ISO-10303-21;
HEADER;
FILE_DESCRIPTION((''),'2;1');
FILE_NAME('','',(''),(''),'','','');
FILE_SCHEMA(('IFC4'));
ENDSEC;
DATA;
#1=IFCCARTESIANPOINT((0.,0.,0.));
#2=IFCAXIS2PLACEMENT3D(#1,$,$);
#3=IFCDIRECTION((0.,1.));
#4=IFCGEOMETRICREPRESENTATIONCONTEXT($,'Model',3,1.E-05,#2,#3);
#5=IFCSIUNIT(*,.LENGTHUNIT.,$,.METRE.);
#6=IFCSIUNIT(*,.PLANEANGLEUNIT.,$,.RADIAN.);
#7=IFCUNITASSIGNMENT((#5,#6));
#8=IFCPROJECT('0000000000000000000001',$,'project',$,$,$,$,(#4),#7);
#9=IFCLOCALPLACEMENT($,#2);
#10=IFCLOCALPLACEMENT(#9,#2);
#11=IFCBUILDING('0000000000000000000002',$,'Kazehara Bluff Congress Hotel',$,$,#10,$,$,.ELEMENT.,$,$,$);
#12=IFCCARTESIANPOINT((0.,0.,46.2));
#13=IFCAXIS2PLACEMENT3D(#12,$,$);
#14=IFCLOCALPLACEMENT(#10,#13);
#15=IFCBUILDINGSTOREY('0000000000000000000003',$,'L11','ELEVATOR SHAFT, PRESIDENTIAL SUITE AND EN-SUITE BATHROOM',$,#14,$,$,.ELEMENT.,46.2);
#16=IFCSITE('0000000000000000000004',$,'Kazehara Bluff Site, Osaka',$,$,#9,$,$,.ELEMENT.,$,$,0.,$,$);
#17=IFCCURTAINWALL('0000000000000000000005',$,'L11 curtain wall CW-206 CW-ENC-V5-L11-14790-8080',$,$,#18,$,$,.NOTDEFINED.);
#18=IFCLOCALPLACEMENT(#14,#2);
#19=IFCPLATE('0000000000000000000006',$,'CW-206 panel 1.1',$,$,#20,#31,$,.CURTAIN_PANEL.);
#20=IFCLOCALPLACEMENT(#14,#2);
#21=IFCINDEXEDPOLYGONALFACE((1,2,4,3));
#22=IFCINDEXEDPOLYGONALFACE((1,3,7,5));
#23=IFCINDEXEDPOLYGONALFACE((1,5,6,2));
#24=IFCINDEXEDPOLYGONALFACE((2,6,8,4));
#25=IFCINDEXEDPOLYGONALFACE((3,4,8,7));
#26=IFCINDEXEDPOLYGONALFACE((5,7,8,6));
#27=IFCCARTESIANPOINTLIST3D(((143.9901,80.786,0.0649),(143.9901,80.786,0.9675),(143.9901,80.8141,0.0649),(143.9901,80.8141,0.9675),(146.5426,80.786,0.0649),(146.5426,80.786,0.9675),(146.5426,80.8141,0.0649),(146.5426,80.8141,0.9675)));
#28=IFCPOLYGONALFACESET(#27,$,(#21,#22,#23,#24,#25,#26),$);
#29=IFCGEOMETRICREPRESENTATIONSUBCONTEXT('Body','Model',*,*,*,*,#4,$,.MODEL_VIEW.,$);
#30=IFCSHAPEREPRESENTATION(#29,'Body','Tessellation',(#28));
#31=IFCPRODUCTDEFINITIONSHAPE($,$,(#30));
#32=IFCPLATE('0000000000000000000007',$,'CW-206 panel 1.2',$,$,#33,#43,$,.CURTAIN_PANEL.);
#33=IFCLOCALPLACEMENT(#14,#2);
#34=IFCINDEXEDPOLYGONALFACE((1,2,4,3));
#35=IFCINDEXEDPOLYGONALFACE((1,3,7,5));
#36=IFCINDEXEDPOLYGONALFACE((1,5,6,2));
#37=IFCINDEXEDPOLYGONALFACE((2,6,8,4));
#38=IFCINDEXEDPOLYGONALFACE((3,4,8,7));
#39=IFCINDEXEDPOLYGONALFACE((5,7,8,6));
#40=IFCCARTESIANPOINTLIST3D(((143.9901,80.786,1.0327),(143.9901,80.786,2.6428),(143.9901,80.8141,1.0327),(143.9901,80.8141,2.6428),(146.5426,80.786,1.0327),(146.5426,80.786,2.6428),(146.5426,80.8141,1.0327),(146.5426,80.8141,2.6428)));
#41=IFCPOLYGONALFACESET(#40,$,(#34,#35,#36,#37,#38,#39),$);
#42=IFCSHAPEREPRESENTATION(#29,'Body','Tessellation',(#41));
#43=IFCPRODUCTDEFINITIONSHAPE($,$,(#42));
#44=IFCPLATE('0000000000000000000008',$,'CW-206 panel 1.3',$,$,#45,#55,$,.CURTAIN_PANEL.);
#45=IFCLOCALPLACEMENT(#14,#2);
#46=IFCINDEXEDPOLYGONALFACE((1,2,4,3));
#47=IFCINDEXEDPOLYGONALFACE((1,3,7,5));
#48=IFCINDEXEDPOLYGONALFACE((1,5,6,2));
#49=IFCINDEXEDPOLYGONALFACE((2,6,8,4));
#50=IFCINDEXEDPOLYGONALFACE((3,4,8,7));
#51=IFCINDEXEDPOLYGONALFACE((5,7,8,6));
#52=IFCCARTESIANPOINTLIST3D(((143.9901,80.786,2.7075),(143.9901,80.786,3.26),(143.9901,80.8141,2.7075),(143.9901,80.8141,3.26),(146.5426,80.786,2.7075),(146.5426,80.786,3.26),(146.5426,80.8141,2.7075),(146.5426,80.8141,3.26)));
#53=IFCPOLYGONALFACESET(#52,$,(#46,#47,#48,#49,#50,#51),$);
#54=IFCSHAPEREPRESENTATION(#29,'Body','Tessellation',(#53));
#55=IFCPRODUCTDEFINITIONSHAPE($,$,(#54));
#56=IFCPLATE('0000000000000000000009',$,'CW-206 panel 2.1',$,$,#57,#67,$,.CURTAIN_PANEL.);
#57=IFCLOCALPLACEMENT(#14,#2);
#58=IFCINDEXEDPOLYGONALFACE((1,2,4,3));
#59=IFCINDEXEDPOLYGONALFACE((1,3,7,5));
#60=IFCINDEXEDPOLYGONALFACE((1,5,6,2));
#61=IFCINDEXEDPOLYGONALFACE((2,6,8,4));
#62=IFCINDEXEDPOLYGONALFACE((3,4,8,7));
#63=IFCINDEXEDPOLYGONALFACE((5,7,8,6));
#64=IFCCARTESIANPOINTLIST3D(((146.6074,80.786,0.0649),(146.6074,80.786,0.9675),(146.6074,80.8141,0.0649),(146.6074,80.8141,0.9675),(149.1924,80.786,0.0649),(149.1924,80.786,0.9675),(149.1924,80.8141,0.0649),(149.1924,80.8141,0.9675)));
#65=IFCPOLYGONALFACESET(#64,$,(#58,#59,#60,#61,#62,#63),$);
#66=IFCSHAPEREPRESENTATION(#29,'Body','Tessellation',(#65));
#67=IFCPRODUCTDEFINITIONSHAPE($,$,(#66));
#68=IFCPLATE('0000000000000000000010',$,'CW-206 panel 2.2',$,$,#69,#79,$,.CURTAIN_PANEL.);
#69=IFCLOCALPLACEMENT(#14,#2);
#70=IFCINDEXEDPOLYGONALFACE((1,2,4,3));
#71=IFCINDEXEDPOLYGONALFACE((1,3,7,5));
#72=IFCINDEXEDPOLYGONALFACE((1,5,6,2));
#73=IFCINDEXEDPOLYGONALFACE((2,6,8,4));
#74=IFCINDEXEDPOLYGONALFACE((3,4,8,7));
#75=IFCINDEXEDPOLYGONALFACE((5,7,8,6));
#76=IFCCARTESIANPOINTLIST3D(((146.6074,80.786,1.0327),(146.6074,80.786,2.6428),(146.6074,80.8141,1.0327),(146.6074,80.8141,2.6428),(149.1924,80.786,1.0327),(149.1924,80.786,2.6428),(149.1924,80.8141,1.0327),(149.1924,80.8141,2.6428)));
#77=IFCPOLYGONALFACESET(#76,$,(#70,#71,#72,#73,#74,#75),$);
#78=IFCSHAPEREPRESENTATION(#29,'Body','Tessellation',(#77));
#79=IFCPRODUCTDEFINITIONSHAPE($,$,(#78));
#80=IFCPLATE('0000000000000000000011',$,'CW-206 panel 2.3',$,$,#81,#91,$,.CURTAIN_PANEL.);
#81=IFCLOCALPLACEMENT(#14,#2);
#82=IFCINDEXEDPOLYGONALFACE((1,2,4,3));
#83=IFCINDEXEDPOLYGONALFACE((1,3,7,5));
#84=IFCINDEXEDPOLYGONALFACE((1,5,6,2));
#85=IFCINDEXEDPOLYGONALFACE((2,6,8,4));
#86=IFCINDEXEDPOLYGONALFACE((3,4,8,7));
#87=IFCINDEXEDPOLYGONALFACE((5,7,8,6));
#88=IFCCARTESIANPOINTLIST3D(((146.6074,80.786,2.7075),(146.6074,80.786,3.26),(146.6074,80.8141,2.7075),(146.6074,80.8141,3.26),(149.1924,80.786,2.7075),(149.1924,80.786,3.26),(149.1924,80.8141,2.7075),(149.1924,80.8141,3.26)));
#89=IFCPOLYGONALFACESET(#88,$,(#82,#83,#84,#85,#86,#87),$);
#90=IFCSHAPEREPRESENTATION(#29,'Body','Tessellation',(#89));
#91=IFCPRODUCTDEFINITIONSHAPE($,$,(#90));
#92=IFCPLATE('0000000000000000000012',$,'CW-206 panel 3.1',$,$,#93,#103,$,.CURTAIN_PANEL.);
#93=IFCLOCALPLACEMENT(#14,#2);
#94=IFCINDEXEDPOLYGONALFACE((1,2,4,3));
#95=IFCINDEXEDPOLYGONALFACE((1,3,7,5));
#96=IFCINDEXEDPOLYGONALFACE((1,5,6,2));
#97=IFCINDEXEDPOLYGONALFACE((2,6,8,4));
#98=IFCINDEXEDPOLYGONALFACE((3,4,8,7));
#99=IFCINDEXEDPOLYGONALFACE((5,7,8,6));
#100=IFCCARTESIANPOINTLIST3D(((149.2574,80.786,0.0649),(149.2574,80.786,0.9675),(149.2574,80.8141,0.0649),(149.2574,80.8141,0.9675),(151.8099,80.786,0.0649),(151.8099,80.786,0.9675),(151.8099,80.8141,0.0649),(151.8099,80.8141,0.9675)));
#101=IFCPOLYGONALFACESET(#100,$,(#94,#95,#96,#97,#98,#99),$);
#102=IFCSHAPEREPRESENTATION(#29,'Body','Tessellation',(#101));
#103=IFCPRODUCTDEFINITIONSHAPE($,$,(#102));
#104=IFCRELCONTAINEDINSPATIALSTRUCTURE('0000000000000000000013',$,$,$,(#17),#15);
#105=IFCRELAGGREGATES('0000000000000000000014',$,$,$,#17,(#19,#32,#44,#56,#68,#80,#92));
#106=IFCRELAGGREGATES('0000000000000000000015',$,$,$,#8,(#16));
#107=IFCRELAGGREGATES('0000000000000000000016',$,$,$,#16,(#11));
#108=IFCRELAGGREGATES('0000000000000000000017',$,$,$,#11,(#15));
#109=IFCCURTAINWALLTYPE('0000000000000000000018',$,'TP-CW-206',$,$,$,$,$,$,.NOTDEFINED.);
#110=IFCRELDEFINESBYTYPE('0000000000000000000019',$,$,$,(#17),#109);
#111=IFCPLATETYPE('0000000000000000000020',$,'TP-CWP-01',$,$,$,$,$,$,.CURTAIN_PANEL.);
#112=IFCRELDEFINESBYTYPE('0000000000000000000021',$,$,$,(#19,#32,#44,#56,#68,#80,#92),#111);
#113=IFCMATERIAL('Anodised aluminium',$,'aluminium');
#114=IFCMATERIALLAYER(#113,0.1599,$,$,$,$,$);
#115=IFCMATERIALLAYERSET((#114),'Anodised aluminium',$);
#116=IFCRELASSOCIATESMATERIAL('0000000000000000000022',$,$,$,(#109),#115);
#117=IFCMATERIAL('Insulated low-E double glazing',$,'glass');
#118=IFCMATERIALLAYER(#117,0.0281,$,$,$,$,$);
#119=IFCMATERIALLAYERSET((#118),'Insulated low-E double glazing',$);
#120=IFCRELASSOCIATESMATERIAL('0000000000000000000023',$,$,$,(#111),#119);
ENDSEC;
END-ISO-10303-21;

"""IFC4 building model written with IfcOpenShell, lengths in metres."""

from ifc_helpers import new_model, si_unit, direction, frame, origin, origin_2d, place, context, subcontext, project, spatial, rectangle, extrude, material, layer, layer_set, type_object, element, aggregate, save


model = new_model("IFC4")

# Units and contexts
model_context = context("Model", 3, precision=1e-05, world=origin(), true_north=direction((0.0, 1.0)))
body_context = subcontext(model_context, "Body", "Model", "MODEL_VIEW")
ifc_project = project(units=[si_unit("LENGTHUNIT", "METRE"), si_unit("PLANEANGLEUNIT", "RADIAN")], contexts=[model_context])

# Site, building, storey
site_placement = place(None, origin())
site = spatial("IfcSite", under=ifc_project, at=site_placement, Name="Kazehara Bluff Site, Osaka", CompositionType="ELEMENT", RefElevation=0.0)
building_placement = place(site_placement, origin())
building = spatial("IfcBuilding", under=site, at=building_placement, Name="Kazehara Bluff Congress Hotel", CompositionType="ELEMENT")
storey_placement = place(building_placement, frame((0.0, 0.0, 46.2)))
storey = spatial("IfcBuildingStorey", under=building, at=storey_placement, Name="L11", Description="ELEVATOR SHAFT, PRESIDENTIAL SUITE AND EN-SUITE BATHROOM", CompositionType="ELEMENT", Elevation=46.2)

# Curtain wall
ifc_material_1 = material(Name="Anodised aluminium", Category="aluminium")
ifc_layer_1 = layer(ifc_material_1, 0.1599)
ifc_layer_set_1 = layer_set([ifc_layer_1], Name="Anodised aluminium")
curtain_wall_type = type_object("IfcCurtainWallType", Name="TP-CW-206", PredefinedType="NOTDEFINED", material=ifc_layer_set_1)
curtain_wall_placement = place(storey_placement, origin())
curtain_wall = element("IfcCurtainWall", 1, at=curtain_wall_placement, inside=storey, type_object=curtain_wall_type, Name="L11 curtain wall CW-206 CW-ENC-V5-L11-14790-8080", PredefinedType="NOTDEFINED")

# Plates
ifc_material_2 = material(Name="Insulated low-E double glazing", Category="glass")
ifc_layer_2 = layer(ifc_material_2, 0.0281)
ifc_layer_set_2 = layer_set([ifc_layer_2], Name="Insulated low-E double glazing")
plate_type = type_object("IfcPlateType", Name="TP-CWP-01", PredefinedType="CURTAIN_PANEL", material=ifc_layer_set_2)
plate_1_placement = place(storey_placement, frame((145.2664, 80.8, 0.0649), z_axis=(0.0, 0.0, 1.0), x_axis=(1.0, 0.0, 0.0)))
plate_1 = element("IfcPlate", 2, at=plate_1_placement, type_object=plate_type, Name="CW-206 panel 1.1", PredefinedType="CURTAIN_PANEL", context=body_context, shape_type="SweptSolid", body=[
    extrude(rectangle(XDim=2.5525, YDim=0.0281, at=origin_2d()), origin(), (0.0, 0.0, 1.0), 0.9026),
])
plate_2_placement = place(storey_placement, frame((145.2664, 80.8, 1.0327), z_axis=(0.0, 0.0, 1.0), x_axis=(1.0, 0.0, 0.0)))
plate_2 = element("IfcPlate", 3, at=plate_2_placement, type_object=plate_type, Name="CW-206 panel 1.2", PredefinedType="CURTAIN_PANEL", context=body_context, shape_type="SweptSolid", body=[
    extrude(rectangle(XDim=2.5525, YDim=0.0281, at=origin_2d()), origin(), (0.0, 0.0, 1.0), 1.6101),
])
plate_3_placement = place(storey_placement, frame((145.2664, 80.8, 2.7075), z_axis=(0.0, 0.0, 1.0), x_axis=(1.0, 0.0, 0.0)))
plate_3 = element("IfcPlate", 4, at=plate_3_placement, type_object=plate_type, Name="CW-206 panel 1.3", PredefinedType="CURTAIN_PANEL", context=body_context, shape_type="SweptSolid", body=[
    extrude(rectangle(XDim=2.5525, YDim=0.0281, at=origin_2d()), origin(), (0.0, 0.0, 1.0), 0.5525),
])
plate_4_placement = place(storey_placement, frame((147.8999, 80.8, 0.0649), z_axis=(0.0, 0.0, 1.0), x_axis=(1.0, 0.0, 0.0)))
plate_4 = element("IfcPlate", 5, at=plate_4_placement, type_object=plate_type, Name="CW-206 panel 2.1", PredefinedType="CURTAIN_PANEL", context=body_context, shape_type="SweptSolid", body=[
    extrude(rectangle(XDim=2.585, YDim=0.0281, at=origin_2d()), origin(), (0.0, 0.0, 1.0), 0.9026),
])
plate_5_placement = place(storey_placement, frame((147.8999, 80.8, 1.0327), z_axis=(0.0, 0.0, 1.0), x_axis=(1.0, 0.0, 0.0)))
plate_5 = element("IfcPlate", 6, at=plate_5_placement, type_object=plate_type, Name="CW-206 panel 2.2", PredefinedType="CURTAIN_PANEL", context=body_context, shape_type="SweptSolid", body=[
    extrude(rectangle(XDim=2.585, YDim=0.0281, at=origin_2d()), origin(), (0.0, 0.0, 1.0), 1.6101),
])
plate_6_placement = place(storey_placement, frame((147.8999, 80.8, 2.7075), z_axis=(0.0, 0.0, 1.0), x_axis=(1.0, 0.0, 0.0)))
plate_6 = element("IfcPlate", 7, at=plate_6_placement, type_object=plate_type, Name="CW-206 panel 2.3", PredefinedType="CURTAIN_PANEL", context=body_context, shape_type="SweptSolid", body=[
    extrude(rectangle(XDim=2.585, YDim=0.0281, at=origin_2d()), origin(), (0.0, 0.0, 1.0), 0.5525),
])
plate_7_placement = place(storey_placement, frame((150.5337, 80.8, 0.0649), z_axis=(0.0, 0.0, 1.0), x_axis=(1.0, 0.0, 0.0)))
plate_7 = element("IfcPlate", 8, at=plate_7_placement, type_object=plate_type, Name="CW-206 panel 3.1", PredefinedType="CURTAIN_PANEL", context=body_context, shape_type="SweptSolid", body=[
    extrude(rectangle(XDim=2.5525, YDim=0.0281, at=origin_2d()), origin(), (0.0, 0.0, 1.0), 0.9026),
])
aggregate(curtain_wall, [plate_1, plate_2, plate_3, plate_4, plate_5, plate_6, plate_7])

save(model, "model.ifc")
